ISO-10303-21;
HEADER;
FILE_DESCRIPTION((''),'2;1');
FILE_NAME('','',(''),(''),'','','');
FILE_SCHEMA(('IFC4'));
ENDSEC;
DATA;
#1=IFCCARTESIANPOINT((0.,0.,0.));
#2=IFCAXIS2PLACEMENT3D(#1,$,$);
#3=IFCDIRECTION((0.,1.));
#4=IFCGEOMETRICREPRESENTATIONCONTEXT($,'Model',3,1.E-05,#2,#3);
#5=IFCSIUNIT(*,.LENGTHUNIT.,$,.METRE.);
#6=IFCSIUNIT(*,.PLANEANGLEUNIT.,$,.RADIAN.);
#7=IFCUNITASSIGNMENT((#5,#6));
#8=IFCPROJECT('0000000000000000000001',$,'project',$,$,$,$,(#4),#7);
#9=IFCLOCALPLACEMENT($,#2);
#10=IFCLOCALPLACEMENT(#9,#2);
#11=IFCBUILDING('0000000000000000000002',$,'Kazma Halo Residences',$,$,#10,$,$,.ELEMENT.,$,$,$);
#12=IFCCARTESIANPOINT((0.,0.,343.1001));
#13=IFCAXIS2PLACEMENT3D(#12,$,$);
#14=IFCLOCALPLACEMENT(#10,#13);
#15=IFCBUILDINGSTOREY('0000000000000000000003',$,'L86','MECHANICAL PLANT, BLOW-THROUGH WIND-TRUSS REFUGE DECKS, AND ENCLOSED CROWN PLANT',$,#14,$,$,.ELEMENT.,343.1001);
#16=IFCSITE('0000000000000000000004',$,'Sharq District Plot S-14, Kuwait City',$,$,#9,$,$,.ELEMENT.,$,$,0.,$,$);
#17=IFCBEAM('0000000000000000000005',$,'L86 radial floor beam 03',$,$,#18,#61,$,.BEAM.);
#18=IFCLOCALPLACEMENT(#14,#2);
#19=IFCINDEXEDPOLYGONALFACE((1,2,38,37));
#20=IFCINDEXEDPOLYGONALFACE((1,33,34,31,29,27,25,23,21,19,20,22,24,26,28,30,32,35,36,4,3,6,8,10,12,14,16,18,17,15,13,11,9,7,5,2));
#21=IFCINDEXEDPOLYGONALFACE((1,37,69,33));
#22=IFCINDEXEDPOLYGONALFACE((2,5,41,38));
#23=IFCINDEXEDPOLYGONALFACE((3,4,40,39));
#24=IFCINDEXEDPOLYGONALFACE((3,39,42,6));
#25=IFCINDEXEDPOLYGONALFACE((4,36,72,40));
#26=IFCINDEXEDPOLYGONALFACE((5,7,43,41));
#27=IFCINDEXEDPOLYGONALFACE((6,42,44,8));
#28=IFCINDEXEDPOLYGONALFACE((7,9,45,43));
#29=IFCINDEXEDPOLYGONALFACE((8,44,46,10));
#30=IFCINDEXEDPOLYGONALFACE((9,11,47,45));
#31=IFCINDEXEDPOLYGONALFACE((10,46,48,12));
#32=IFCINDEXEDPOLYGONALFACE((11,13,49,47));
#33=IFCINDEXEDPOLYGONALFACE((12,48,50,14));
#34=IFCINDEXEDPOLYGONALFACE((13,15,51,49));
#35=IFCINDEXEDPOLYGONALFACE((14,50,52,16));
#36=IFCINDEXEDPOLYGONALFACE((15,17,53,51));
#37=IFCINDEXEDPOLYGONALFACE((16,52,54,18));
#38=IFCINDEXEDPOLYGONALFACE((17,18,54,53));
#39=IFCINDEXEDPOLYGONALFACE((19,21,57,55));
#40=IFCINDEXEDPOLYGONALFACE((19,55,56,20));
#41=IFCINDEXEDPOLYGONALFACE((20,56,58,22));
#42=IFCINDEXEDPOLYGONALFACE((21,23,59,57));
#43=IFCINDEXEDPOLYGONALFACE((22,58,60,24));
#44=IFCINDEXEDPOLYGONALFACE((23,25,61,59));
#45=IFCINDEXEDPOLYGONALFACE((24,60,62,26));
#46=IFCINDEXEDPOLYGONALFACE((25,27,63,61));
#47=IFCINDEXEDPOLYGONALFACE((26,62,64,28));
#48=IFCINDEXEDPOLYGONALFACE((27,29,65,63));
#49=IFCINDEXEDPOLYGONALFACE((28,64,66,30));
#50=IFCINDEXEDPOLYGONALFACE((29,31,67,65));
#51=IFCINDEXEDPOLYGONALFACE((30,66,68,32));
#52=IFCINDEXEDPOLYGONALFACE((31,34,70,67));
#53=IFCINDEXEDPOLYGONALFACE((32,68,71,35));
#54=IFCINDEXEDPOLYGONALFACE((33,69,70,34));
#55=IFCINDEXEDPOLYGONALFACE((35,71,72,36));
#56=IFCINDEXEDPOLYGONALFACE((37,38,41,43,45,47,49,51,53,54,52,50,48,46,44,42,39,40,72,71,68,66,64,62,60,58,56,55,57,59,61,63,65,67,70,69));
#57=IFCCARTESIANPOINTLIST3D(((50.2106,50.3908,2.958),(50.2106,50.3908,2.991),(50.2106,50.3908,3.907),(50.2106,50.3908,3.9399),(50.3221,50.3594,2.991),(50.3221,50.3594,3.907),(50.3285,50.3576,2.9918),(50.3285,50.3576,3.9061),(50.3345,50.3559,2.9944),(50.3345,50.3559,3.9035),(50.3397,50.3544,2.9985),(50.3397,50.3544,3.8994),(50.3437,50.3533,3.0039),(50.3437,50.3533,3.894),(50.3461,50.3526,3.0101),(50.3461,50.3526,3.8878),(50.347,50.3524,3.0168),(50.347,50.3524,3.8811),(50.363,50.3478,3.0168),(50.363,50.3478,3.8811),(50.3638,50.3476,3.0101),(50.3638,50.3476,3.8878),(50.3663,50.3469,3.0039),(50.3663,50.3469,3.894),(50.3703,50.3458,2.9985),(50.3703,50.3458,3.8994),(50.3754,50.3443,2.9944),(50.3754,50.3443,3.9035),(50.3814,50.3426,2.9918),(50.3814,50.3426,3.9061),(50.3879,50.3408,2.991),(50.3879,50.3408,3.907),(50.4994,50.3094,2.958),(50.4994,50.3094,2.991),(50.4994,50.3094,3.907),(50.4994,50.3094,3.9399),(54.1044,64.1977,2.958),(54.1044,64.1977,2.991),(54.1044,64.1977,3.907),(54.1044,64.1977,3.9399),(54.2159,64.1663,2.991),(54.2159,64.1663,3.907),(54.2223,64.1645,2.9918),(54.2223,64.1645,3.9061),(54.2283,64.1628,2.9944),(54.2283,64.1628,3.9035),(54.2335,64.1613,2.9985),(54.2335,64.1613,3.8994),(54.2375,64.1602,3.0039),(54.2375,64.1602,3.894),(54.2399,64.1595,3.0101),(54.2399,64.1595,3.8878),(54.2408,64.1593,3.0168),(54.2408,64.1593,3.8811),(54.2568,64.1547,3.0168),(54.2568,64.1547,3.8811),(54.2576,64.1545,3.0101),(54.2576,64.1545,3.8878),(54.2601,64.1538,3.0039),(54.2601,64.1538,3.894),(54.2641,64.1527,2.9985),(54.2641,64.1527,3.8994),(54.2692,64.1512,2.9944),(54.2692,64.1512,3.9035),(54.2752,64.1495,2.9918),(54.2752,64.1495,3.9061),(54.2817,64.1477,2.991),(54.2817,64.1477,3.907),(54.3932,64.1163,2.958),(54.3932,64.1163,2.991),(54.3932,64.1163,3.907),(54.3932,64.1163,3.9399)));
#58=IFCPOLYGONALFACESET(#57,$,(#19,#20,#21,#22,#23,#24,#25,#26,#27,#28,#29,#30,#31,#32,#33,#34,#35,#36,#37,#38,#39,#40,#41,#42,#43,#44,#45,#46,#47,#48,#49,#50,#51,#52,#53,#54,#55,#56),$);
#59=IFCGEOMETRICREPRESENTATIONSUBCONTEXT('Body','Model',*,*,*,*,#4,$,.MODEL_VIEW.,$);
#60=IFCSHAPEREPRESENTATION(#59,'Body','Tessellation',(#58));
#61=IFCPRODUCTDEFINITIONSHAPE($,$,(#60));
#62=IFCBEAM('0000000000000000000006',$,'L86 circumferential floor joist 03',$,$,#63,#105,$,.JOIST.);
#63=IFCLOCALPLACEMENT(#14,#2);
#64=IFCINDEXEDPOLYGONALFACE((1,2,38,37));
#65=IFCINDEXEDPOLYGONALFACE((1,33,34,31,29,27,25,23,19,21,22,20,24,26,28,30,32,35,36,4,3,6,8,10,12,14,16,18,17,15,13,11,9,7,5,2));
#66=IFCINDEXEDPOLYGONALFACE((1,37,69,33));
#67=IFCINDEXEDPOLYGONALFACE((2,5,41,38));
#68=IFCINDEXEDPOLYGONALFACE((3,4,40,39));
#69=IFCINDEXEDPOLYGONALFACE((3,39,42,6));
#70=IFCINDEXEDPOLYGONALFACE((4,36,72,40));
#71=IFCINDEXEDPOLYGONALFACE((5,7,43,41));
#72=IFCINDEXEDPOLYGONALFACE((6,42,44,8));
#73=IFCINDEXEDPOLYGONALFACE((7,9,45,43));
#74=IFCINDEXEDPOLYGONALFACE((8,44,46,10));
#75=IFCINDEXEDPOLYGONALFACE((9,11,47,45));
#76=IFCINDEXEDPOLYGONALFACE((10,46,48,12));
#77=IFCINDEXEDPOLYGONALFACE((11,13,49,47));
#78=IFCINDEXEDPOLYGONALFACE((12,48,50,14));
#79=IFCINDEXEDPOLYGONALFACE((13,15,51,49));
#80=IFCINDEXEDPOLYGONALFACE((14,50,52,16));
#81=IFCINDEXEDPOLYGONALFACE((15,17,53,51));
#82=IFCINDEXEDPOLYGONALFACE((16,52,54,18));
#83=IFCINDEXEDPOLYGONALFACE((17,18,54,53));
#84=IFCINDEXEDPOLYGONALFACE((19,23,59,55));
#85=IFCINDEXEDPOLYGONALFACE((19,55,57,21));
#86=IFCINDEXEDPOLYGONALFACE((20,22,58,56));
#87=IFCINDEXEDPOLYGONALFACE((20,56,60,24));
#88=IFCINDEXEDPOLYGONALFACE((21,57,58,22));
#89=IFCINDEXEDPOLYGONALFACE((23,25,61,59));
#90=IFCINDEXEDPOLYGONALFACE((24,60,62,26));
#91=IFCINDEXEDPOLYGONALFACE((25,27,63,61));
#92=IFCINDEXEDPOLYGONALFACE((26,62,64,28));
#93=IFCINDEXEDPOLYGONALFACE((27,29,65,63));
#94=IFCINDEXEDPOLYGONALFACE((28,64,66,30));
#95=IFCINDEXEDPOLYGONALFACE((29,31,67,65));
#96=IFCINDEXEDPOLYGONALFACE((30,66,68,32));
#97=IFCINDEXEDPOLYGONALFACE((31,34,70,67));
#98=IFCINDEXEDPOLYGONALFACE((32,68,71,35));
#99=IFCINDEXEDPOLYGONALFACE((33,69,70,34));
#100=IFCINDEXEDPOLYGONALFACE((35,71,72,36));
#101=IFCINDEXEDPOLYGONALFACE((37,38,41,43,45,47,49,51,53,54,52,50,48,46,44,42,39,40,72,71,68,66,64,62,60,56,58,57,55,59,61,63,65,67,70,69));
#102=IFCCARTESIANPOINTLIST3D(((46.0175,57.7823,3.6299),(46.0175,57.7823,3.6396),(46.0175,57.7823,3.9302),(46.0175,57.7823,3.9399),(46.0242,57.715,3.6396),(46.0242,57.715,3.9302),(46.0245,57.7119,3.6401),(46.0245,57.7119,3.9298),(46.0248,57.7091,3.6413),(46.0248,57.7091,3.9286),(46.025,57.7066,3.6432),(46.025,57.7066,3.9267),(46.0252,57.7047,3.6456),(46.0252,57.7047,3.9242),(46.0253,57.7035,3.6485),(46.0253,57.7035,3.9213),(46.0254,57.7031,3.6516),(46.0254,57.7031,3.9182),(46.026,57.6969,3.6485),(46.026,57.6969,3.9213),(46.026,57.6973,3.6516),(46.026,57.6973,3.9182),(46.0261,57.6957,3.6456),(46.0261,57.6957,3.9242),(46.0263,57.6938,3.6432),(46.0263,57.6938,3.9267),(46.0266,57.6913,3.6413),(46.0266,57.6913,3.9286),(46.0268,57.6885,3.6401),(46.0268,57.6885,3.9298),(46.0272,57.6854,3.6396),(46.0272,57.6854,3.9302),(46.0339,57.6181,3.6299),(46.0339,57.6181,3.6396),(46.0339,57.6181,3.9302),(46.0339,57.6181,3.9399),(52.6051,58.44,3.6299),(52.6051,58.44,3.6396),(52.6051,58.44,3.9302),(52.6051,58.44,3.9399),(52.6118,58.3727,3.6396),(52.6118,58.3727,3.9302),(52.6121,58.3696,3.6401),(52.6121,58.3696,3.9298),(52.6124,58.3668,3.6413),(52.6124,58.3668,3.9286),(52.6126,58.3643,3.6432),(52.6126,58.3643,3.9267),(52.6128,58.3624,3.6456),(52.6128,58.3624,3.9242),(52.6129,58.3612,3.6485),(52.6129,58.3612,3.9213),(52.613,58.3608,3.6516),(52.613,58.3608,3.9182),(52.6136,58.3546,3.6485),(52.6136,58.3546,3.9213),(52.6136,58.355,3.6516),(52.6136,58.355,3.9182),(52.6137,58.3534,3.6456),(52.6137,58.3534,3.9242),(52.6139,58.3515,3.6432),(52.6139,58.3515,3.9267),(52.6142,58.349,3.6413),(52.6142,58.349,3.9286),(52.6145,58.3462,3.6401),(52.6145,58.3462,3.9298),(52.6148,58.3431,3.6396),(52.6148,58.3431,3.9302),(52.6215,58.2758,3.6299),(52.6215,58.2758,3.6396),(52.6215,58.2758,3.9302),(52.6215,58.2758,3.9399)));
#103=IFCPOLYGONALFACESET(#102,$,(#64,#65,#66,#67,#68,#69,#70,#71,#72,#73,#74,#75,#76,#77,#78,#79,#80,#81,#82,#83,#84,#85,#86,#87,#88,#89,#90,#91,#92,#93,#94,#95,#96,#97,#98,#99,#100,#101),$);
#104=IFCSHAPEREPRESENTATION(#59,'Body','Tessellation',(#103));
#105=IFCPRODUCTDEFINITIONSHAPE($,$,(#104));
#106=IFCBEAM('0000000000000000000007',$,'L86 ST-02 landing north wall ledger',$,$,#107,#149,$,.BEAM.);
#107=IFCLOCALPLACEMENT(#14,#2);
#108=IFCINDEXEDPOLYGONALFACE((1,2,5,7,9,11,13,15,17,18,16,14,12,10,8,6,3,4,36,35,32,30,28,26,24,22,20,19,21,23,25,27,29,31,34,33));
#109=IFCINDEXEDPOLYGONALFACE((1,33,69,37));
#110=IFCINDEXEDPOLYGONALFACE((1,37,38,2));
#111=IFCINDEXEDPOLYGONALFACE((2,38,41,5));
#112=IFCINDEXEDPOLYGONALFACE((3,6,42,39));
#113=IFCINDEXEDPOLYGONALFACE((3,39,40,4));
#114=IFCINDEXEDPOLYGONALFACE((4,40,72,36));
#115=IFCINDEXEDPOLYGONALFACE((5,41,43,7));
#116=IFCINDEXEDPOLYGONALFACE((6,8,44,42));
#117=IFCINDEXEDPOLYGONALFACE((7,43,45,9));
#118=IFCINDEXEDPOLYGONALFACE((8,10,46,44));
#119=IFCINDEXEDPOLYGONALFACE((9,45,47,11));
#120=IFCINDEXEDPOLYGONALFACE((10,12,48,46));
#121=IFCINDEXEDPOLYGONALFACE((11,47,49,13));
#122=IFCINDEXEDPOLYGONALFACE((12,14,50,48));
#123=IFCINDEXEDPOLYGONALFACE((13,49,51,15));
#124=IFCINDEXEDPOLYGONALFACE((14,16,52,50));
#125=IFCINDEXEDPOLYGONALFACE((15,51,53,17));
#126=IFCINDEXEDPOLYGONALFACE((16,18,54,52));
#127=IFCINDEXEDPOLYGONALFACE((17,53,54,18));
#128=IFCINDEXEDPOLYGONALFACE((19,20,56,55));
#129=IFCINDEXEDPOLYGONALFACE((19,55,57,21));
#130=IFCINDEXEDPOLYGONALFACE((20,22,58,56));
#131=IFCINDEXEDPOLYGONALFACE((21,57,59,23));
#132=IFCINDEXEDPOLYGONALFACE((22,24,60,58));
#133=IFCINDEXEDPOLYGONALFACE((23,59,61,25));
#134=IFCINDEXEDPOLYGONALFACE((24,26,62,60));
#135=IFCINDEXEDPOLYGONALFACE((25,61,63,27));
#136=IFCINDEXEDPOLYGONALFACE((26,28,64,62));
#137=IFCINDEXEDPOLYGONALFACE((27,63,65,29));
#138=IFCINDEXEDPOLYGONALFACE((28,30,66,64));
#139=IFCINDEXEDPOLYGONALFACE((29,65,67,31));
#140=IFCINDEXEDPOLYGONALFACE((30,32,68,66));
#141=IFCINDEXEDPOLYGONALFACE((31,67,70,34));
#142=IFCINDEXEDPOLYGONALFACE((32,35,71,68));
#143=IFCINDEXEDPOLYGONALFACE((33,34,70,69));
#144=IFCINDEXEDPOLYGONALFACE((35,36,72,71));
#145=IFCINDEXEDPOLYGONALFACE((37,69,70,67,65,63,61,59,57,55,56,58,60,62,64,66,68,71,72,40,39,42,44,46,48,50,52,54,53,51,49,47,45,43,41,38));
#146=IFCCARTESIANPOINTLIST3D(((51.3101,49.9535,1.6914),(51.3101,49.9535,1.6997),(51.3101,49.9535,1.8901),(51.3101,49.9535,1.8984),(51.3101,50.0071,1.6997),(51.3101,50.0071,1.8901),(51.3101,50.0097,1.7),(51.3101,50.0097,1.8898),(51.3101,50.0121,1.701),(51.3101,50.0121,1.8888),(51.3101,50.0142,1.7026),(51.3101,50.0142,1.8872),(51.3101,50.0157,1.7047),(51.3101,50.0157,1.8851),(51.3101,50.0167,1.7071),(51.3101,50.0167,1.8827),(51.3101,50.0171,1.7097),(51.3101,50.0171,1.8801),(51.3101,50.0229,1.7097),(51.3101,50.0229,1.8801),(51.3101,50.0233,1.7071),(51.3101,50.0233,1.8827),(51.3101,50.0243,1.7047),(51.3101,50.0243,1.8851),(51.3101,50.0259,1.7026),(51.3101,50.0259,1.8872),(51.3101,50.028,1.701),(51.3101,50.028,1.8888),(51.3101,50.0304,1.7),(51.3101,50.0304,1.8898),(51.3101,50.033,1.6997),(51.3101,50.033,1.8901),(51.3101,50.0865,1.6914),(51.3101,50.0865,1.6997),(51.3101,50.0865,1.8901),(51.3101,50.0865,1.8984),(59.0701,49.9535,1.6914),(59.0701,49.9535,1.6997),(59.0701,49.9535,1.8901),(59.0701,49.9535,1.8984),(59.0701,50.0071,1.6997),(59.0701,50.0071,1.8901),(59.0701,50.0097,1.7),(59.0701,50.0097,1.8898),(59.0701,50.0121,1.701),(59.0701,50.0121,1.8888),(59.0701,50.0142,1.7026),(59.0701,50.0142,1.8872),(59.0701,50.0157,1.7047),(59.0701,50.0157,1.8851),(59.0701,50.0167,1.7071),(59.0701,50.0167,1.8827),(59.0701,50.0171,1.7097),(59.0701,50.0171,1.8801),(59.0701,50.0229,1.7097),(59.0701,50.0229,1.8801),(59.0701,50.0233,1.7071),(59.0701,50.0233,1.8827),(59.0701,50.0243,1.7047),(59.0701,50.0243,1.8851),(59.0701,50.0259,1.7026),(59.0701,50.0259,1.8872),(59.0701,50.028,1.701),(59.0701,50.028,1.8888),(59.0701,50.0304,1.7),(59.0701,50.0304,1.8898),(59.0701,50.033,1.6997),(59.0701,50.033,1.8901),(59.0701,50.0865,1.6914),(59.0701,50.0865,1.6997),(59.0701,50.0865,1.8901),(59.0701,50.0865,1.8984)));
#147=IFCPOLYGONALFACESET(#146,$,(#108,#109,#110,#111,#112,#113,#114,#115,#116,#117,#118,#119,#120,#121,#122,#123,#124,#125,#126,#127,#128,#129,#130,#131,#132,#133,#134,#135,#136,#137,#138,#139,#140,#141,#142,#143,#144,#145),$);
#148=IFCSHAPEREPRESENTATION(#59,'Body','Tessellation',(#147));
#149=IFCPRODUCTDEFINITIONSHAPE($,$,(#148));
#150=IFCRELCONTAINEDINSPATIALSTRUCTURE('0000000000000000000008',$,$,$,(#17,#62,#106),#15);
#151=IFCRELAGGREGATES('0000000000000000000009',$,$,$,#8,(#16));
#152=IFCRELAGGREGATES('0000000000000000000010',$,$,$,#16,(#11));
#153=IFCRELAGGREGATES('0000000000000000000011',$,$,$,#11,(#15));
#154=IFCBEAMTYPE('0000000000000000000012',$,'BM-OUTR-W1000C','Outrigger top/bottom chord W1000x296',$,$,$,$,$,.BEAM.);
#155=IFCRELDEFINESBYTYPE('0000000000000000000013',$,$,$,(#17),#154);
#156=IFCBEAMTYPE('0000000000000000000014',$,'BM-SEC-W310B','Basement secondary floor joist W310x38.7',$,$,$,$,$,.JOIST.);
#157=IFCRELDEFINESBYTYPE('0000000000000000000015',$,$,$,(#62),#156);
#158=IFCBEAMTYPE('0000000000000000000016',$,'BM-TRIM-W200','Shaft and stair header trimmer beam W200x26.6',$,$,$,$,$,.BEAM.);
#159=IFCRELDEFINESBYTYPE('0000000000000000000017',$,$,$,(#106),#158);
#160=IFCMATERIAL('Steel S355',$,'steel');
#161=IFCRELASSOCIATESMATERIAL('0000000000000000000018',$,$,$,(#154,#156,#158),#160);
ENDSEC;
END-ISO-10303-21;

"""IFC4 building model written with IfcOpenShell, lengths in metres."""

from ifc_helpers import new_model, si_unit, direction, frame, origin, origin_2d, place, context, subcontext, project, spatial, i_section, extrude, material, material_profile, profile_set, type_object, element, save


model = new_model("IFC4")

# Units and contexts
model_context = context("Model", 3, precision=1e-05, world=origin(), true_north=direction((0.0, 1.0)))
body_context = subcontext(model_context, "Body", "Model", "MODEL_VIEW")
ifc_project = project(units=[si_unit("LENGTHUNIT", "METRE"), si_unit("PLANEANGLEUNIT", "RADIAN")], contexts=[model_context])

# Site, building, storey
site_placement = place(None, origin())
site = spatial("IfcSite", under=ifc_project, at=site_placement, Name="Sharq District Plot S-14, Kuwait City", CompositionType="ELEMENT", RefElevation=0.0)
building_placement = place(site_placement, origin())
building = spatial("IfcBuilding", under=site, at=building_placement, Name="Kazma Halo Residences", CompositionType="ELEMENT")
storey_placement = place(building_placement, frame((0.0, 0.0, 343.1001)))
storey = spatial("IfcBuildingStorey", under=building, at=storey_placement, Name="L86", Description="MECHANICAL PLANT, BLOW-THROUGH WIND-TRUSS REFUGE DECKS, AND ENCLOSED CROWN PLANT", CompositionType="ELEMENT", Elevation=343.1001)

# Beams
ifc_material_1 = material(Name="Steel S355", Category="steel")
ifc_material_profile_1 = material_profile(ifc_material_1, i_section(OverallWidth=0.3, OverallDepth=0.9819, WebThickness=0.0166, FlangeThickness=0.033, FilletRadius=0.0259, at=origin_2d()), Name="W1000x296")
ifc_profile_set_1 = profile_set([ifc_material_profile_1], Name="Steel S355")
beam_type_1 = type_object("IfcBeamType", Name="BM-OUTR-W1000C", Description="Outrigger top/bottom chord W1000x296", PredefinedType="BEAM", material=ifc_profile_set_1)
beam_1_placement = place(storey_placement, frame((50.355, 50.3501, 3.449), z_axis=(0.271431, 0.962458, 0.0), x_axis=(-0.962458, 0.271431, 0.0)))
element("IfcBeam", 1, at=beam_1_placement, inside=storey, type_object=beam_type_1, Name="L86 radial floor beam 03", PredefinedType="BEAM", context=body_context, shape_type="SweptSolid", body=[
    extrude(i_section(OverallWidth=0.3, OverallDepth=0.9819, WebThickness=0.0166, FlangeThickness=0.033, FilletRadius=0.0259, at=origin_2d()), origin(), (0.0, 0.0, 1.0), 14.3455),
])
ifc_material_profile_2 = material_profile(ifc_material_1, i_section(OverallWidth=0.165, OverallDepth=0.3101, WebThickness=0.0059, FlangeThickness=0.0098, FilletRadius=0.012, at=origin_2d()), Name="W310x38.7")
ifc_profile_set_2 = profile_set([ifc_material_profile_2], Name="Steel S355")
beam_type_2 = type_object("IfcBeamType", Name="BM-SEC-W310B", Description="Basement secondary floor joist W310x38.7", PredefinedType="JOIST", material=ifc_profile_set_2)
beam_2_placement = place(storey_placement, frame((52.6133, 58.3579, 3.7849), z_axis=(-0.995053, -0.099347, 0.0), x_axis=(0.099347, -0.995053, 0.0)))
element("IfcBeam", 2, at=beam_2_placement, inside=storey, type_object=beam_type_2, Name="L86 circumferential floor joist 03", PredefinedType="JOIST", context=body_context, shape_type="SweptSolid", body=[
    extrude(i_section(OverallWidth=0.165, OverallDepth=0.3101, WebThickness=0.0059, FlangeThickness=0.0098, FilletRadius=0.012, at=origin_2d()), origin(), (0.0, 0.0, 1.0), 6.6204),
])
ifc_material_profile_3 = material_profile(ifc_material_1, i_section(OverallWidth=0.1331, OverallDepth=0.207, WebThickness=0.0059, FlangeThickness=0.0083, FilletRadius=0.01, at=origin_2d()), Name="W200x26.6")
ifc_profile_set_3 = profile_set([ifc_material_profile_3], Name="Steel S355")
beam_type_3 = type_object("IfcBeamType", Name="BM-TRIM-W200", Description="Shaft and stair header trimmer beam W200x26.6", PredefinedType="BEAM", material=ifc_profile_set_3)
beam_3_placement = place(storey_placement, frame((51.3101, 50.02, 1.7949), z_axis=(1.0, 0.0, 0.0), x_axis=(0.0, 1.0, 0.0)))
element("IfcBeam", 3, at=beam_3_placement, inside=storey, type_object=beam_type_3, Name="L86 ST-02 landing north wall ledger", PredefinedType="BEAM", context=body_context, shape_type="SweptSolid", body=[
    extrude(i_section(OverallWidth=0.1331, OverallDepth=0.207, WebThickness=0.0059, FlangeThickness=0.0083, FilletRadius=0.01, at=origin_2d()), origin(), (0.0, 0.0, 1.0), 7.76),
])

save(model, "model.ifc")
